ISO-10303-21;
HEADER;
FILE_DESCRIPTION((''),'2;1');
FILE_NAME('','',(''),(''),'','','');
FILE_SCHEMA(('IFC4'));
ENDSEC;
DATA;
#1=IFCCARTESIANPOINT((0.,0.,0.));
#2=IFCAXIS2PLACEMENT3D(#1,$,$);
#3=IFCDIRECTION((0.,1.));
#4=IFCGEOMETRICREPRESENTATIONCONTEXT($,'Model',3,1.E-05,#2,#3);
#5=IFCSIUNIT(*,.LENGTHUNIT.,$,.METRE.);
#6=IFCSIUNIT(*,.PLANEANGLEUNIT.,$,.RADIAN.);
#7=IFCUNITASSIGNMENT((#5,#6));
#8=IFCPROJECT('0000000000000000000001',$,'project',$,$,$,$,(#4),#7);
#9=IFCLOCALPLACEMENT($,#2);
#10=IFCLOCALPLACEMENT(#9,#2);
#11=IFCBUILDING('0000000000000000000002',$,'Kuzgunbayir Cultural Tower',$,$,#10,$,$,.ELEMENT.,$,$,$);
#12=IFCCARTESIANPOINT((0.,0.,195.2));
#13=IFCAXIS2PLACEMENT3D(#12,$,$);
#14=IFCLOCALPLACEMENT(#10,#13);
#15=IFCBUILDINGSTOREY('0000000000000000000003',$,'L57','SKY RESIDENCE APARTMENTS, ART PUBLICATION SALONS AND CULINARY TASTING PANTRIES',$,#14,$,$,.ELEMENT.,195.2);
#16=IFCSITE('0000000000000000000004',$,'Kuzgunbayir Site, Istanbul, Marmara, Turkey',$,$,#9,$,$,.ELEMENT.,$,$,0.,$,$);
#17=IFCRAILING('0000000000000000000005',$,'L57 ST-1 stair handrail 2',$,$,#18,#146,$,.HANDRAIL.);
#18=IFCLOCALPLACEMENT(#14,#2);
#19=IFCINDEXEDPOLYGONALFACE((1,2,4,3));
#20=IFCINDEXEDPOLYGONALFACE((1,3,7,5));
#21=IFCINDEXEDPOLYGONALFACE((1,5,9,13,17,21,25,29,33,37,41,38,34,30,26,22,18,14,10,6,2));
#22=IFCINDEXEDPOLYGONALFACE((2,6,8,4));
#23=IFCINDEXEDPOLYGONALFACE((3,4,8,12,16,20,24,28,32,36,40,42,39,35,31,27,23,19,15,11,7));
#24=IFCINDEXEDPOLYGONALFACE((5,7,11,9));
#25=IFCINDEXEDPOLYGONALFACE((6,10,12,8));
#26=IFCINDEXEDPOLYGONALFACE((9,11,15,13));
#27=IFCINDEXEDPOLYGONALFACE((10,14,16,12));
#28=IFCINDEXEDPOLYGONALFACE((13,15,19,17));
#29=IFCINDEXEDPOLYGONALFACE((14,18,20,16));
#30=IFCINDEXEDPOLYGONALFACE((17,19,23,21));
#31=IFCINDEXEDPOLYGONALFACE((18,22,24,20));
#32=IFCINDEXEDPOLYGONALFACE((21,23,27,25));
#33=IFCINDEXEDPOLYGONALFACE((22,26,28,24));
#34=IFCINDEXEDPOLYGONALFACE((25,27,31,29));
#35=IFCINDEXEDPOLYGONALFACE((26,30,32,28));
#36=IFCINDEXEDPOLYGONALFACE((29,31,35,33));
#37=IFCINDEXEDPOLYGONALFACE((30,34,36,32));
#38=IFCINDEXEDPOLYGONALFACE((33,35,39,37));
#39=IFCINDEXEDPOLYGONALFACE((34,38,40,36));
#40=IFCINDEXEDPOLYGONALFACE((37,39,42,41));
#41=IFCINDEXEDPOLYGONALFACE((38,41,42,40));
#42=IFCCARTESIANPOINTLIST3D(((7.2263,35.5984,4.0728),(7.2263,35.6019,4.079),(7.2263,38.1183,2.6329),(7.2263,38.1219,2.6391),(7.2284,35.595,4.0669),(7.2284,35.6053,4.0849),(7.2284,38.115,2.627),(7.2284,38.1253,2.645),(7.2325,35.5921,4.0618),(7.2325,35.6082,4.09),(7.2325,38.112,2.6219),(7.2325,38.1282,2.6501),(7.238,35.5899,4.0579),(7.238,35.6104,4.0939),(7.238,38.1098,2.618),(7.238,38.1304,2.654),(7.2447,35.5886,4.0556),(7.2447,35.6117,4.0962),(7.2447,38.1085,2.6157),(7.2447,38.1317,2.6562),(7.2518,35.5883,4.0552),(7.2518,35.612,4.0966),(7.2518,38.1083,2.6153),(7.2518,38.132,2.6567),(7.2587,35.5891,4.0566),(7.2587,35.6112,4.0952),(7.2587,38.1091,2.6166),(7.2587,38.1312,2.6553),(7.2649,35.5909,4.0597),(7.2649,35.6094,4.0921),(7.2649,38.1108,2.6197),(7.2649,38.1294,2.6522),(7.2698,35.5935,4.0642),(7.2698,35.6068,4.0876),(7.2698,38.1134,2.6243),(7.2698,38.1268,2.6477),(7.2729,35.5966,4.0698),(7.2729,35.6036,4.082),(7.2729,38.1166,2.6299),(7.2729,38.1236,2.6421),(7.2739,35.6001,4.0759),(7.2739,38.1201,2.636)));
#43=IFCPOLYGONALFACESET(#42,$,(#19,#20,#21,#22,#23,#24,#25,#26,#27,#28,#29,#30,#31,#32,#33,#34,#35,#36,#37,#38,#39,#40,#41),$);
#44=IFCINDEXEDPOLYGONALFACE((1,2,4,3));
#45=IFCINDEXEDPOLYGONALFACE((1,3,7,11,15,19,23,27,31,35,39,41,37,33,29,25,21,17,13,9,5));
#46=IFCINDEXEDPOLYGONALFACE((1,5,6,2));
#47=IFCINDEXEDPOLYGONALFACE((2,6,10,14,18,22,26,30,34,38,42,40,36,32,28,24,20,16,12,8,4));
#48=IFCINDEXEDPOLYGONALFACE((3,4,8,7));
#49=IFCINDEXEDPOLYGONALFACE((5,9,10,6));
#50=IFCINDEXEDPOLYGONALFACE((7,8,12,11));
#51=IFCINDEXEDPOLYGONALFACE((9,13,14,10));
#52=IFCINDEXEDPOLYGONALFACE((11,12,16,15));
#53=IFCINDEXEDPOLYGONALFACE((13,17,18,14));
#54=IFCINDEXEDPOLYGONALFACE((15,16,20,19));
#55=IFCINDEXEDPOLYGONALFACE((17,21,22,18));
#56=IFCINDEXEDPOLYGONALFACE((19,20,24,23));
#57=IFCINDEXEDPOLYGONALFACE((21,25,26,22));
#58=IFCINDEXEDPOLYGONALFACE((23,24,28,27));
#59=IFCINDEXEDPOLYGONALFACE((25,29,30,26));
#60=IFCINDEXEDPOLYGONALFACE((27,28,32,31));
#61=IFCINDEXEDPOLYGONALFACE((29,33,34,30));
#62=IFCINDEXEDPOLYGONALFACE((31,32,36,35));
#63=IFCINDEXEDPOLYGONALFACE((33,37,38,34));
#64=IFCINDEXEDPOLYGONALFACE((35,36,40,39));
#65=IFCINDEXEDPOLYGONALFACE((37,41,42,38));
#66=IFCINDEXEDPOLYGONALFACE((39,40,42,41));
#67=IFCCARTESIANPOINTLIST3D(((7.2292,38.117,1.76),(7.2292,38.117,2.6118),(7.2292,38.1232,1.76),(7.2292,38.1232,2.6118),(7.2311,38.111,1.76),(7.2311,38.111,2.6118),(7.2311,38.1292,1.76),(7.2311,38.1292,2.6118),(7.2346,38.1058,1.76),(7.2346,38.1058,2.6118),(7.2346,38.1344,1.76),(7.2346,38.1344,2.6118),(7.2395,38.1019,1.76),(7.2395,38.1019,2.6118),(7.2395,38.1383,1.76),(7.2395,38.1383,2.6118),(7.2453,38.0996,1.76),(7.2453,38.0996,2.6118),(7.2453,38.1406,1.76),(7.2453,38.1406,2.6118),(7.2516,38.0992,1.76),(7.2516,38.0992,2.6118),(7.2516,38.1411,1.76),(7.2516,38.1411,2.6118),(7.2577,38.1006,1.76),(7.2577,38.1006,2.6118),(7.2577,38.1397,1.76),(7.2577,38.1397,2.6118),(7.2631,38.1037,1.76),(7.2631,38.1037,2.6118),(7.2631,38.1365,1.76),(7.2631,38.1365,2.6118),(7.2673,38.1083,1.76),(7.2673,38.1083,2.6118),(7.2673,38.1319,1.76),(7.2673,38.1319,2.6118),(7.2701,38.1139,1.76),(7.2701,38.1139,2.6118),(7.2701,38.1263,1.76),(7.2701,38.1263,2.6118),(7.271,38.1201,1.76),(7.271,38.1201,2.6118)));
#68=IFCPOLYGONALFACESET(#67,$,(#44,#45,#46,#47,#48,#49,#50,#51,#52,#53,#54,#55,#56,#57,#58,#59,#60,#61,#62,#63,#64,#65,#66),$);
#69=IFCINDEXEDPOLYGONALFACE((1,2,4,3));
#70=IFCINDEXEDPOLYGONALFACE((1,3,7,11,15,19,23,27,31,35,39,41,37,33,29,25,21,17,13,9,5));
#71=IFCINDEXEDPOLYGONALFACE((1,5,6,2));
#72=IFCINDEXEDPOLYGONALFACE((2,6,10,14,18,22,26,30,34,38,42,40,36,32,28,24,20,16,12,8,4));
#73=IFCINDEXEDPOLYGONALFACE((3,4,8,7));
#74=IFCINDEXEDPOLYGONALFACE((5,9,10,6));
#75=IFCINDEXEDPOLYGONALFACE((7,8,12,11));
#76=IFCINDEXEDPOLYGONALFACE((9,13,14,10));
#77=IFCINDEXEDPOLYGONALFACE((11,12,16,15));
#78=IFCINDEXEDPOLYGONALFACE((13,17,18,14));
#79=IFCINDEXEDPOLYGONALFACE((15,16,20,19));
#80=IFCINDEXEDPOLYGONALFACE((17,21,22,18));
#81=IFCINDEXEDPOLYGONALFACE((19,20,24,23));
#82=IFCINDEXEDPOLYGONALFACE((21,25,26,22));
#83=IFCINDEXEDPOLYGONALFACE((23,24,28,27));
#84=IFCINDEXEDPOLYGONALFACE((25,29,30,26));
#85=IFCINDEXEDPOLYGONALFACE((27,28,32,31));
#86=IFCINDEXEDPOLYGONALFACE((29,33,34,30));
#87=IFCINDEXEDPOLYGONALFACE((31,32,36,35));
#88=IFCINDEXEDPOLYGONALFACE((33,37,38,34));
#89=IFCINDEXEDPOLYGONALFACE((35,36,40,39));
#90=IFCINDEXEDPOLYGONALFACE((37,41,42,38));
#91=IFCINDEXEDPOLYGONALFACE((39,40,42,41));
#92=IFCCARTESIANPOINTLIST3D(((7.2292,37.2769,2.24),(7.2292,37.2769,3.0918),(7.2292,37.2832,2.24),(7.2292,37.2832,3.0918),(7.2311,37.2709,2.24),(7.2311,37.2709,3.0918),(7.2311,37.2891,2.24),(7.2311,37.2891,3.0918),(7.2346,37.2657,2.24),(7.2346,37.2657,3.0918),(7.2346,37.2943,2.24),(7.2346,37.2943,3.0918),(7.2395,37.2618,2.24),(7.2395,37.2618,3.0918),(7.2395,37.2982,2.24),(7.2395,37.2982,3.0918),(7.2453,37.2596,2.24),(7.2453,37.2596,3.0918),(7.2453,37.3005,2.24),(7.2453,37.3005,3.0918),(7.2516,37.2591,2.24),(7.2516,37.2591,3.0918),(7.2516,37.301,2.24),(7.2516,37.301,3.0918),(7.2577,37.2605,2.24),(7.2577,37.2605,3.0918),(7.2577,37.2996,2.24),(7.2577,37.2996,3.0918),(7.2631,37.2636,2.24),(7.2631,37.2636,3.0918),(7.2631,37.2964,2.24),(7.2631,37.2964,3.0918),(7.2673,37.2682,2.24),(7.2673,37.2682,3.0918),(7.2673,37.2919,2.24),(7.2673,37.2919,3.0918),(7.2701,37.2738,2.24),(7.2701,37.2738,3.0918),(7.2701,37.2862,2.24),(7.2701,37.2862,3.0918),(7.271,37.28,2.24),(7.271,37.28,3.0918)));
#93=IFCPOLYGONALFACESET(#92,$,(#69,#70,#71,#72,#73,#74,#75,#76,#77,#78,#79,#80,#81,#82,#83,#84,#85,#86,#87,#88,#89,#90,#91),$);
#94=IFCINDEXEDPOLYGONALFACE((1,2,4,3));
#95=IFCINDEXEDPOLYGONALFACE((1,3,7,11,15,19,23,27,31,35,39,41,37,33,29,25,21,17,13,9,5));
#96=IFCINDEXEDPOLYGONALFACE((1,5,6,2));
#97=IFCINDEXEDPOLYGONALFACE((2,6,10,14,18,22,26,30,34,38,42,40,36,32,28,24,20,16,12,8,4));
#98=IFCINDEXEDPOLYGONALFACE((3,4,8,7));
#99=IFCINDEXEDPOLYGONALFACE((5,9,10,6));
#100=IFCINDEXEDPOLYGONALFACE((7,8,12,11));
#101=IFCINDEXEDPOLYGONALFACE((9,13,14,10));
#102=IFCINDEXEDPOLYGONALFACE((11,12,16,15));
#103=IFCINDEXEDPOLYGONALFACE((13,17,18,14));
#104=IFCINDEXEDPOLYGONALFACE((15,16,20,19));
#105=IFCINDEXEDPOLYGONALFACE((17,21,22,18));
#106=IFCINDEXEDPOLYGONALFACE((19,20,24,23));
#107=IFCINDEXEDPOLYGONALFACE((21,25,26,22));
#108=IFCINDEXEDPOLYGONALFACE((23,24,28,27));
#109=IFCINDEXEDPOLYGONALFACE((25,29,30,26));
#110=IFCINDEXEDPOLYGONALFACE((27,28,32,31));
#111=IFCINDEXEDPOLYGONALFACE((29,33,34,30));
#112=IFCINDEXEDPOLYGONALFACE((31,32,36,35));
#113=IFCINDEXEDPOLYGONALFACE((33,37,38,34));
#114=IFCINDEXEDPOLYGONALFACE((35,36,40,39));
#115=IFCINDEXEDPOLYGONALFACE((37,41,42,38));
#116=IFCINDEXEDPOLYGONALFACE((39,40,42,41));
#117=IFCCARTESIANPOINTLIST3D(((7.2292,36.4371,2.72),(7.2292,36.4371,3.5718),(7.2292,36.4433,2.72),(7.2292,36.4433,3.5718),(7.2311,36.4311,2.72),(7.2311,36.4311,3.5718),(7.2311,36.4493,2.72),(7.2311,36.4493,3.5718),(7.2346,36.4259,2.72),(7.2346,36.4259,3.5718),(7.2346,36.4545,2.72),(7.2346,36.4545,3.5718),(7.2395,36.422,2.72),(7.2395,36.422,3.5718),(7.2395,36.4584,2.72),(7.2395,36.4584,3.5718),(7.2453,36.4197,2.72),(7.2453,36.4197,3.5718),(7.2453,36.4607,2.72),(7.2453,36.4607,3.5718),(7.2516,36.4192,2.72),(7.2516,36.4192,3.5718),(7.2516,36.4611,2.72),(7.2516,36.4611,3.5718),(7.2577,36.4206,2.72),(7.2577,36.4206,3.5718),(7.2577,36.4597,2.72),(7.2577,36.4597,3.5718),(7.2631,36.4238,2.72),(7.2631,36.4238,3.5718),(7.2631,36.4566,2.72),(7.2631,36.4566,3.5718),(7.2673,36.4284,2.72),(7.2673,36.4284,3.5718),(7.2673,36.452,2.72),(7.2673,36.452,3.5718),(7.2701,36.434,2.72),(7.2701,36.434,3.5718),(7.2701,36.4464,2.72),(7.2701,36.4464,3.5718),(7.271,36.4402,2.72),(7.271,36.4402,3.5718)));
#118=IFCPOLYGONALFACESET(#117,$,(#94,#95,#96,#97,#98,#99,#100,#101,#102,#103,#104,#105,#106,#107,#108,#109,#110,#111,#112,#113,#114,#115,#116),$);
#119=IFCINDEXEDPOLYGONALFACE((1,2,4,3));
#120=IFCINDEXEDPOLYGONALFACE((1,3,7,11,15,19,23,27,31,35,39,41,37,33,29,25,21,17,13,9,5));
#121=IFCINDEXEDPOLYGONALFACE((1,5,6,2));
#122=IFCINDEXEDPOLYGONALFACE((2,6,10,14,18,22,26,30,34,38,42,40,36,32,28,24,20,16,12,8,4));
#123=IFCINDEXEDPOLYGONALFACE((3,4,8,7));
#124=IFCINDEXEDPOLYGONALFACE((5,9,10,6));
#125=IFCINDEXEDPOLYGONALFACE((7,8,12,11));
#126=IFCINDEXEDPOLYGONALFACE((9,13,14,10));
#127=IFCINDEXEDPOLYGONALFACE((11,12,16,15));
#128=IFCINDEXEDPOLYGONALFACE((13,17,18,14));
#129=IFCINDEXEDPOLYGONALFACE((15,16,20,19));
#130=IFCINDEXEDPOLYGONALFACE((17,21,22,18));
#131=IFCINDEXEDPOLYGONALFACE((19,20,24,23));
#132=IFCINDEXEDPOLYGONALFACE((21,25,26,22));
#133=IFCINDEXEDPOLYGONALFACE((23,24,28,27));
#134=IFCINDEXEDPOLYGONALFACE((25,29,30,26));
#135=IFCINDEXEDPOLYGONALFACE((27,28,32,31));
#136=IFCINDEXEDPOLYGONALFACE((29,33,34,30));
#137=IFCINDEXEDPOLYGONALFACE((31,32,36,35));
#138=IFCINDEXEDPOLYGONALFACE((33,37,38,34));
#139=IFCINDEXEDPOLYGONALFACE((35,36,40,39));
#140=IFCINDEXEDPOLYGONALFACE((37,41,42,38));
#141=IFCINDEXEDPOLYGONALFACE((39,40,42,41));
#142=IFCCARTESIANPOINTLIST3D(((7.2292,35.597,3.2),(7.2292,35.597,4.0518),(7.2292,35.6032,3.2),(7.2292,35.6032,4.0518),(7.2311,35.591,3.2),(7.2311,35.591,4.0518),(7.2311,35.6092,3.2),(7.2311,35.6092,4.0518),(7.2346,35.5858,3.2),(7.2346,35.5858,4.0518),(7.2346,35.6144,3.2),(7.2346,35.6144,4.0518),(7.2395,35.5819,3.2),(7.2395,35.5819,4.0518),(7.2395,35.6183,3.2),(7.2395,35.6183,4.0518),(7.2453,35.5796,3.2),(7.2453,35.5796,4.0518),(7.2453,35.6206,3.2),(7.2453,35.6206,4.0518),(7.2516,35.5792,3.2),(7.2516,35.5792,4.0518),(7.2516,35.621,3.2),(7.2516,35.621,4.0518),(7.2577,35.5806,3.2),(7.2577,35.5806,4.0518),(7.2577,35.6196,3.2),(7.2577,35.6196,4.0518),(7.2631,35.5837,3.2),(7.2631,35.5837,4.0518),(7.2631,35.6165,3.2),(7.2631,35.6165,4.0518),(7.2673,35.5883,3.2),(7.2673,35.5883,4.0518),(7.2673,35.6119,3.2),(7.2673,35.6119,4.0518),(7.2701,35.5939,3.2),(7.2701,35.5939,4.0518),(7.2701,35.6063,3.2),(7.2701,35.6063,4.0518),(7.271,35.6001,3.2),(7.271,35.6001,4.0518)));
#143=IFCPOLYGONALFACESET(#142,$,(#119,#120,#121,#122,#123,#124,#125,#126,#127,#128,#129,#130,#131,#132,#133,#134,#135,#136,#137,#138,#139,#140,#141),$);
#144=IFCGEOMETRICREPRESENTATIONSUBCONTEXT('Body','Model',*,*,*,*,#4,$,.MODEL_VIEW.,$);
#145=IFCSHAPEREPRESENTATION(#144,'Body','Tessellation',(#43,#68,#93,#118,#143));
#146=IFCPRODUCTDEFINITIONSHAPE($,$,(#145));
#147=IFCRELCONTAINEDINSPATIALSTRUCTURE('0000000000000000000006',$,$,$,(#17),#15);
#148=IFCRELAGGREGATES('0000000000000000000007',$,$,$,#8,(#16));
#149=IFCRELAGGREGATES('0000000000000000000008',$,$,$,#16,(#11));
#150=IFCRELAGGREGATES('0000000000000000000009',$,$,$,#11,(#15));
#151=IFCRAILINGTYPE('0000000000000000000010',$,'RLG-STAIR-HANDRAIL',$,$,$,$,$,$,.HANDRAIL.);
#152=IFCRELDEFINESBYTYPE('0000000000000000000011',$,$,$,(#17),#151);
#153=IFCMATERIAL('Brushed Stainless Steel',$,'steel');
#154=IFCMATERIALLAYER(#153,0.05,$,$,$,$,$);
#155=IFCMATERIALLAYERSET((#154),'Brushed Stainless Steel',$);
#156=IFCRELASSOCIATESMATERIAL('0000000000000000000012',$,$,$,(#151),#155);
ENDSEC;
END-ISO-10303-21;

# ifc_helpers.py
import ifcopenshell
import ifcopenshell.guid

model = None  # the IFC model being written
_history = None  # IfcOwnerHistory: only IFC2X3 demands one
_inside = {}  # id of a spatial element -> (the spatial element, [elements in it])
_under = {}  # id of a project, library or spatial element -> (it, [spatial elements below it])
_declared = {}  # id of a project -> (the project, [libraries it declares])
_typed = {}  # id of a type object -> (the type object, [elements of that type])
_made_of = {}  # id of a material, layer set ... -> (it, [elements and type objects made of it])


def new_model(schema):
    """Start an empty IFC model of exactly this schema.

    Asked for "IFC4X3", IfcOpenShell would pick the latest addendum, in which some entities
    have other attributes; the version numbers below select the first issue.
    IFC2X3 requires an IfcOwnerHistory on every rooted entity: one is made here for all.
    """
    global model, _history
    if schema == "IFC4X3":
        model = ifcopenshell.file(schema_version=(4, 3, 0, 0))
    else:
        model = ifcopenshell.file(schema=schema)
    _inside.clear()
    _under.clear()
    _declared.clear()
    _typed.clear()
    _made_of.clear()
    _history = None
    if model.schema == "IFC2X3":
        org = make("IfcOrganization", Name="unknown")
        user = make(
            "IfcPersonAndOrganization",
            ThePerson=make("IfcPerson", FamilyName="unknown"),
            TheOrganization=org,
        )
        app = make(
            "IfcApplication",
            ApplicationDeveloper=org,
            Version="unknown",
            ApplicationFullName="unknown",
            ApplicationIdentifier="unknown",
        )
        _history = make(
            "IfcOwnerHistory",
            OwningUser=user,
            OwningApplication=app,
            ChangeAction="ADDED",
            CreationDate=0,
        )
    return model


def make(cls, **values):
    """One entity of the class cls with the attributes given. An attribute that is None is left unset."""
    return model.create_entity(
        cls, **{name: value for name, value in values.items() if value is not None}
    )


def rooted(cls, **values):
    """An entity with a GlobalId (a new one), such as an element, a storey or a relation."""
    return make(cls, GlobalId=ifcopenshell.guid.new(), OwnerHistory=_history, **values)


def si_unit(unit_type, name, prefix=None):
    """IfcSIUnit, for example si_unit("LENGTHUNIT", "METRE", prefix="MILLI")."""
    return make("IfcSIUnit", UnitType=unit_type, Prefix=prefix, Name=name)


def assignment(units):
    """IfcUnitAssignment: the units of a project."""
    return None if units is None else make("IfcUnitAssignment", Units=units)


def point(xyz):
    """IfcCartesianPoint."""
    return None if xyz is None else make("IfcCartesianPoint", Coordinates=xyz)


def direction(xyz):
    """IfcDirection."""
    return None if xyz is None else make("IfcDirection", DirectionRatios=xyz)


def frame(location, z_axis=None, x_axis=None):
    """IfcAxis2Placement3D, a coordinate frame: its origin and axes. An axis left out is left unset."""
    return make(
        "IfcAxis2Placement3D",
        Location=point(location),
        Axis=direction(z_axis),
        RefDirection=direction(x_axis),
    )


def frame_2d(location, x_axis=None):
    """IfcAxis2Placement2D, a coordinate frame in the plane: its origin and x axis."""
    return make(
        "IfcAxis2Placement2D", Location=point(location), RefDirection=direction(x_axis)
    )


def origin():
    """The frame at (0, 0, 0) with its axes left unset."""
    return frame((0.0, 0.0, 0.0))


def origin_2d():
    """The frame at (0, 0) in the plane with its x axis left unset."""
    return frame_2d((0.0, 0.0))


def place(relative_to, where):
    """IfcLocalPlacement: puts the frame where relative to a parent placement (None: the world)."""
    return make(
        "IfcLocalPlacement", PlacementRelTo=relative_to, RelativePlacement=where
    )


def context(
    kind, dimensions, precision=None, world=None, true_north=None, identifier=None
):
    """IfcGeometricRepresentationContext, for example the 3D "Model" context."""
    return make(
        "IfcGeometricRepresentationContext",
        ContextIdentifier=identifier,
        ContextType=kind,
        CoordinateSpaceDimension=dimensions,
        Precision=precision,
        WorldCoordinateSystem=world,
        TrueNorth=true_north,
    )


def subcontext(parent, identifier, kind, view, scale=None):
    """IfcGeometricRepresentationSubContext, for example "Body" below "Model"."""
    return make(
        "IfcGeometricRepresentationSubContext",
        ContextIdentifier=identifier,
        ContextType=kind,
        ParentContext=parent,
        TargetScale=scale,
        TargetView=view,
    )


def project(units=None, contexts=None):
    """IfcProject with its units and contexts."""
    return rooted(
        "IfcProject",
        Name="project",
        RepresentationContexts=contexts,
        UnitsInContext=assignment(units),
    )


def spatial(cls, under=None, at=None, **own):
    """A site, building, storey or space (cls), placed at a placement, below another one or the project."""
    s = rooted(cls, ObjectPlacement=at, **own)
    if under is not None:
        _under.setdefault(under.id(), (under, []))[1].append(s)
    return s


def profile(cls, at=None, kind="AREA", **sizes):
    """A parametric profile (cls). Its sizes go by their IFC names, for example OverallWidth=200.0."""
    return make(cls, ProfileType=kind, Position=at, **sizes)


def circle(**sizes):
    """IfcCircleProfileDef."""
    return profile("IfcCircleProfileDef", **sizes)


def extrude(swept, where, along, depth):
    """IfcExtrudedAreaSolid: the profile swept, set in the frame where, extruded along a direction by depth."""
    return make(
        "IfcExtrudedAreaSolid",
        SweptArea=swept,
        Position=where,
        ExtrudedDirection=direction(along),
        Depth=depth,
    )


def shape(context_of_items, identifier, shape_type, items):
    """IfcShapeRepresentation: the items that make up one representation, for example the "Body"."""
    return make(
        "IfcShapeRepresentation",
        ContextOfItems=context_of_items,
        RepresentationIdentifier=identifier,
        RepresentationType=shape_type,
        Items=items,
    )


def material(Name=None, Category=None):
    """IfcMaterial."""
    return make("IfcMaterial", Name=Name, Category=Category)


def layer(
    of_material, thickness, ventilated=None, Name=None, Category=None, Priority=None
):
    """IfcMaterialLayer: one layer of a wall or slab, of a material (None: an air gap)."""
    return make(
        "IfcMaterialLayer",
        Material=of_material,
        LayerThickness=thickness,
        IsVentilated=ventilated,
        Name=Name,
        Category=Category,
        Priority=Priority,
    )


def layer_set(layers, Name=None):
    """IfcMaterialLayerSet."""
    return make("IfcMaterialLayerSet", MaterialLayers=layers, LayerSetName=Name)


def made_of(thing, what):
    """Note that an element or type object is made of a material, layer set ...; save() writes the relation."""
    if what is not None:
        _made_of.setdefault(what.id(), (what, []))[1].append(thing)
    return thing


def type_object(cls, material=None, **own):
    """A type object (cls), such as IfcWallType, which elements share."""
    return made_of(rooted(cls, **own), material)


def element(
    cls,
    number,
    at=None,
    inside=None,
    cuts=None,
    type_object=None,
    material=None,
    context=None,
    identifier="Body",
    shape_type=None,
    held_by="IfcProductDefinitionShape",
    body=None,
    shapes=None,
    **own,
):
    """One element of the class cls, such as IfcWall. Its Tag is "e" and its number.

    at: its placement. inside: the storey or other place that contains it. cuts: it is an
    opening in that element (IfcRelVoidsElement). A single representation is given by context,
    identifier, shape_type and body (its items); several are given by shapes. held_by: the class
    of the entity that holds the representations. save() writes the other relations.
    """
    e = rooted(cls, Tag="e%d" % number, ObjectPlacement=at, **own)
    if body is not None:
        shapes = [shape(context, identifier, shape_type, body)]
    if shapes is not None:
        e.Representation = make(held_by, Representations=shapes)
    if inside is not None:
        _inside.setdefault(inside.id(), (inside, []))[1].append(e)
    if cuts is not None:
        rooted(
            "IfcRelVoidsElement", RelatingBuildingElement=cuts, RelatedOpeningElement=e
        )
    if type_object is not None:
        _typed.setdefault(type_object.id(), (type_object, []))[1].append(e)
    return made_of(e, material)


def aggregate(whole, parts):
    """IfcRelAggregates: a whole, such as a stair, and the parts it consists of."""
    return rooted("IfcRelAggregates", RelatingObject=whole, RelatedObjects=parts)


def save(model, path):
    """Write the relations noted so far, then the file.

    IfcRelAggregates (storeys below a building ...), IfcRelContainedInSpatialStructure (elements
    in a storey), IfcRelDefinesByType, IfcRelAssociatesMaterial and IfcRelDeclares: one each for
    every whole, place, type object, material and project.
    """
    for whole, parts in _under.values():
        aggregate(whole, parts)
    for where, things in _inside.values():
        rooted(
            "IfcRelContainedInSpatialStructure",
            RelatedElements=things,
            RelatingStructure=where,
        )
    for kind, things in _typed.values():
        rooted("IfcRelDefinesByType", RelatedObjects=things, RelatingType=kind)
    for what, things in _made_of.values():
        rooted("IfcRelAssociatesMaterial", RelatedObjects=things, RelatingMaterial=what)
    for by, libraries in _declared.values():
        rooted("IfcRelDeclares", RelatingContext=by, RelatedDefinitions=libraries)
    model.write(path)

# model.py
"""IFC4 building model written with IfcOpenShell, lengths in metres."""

from ifc_helpers import new_model, si_unit, direction, frame, origin, origin_2d, place, context, subcontext, project, spatial, circle, extrude, material, layer, layer_set, type_object, element, save


model = new_model("IFC4")

# Units and contexts
model_context = context("Model", 3, precision=1e-05, world=origin(), true_north=direction((0.0, 1.0)))
body_context = subcontext(model_context, "Body", "Model", "MODEL_VIEW")
ifc_project = project(units=[si_unit("LENGTHUNIT", "METRE"), si_unit("PLANEANGLEUNIT", "RADIAN")], contexts=[model_context])

# Site, building, storey
site_placement = place(None, origin())
site = spatial("IfcSite", under=ifc_project, at=site_placement, Name="Kuzgunbayir Site, Istanbul, Marmara, Turkey", CompositionType="ELEMENT", RefElevation=0.0)
building_placement = place(site_placement, origin())
building = spatial("IfcBuilding", under=site, at=building_placement, Name="Kuzgunbayir Cultural Tower", CompositionType="ELEMENT")
storey_placement = place(building_placement, frame((0.0, 0.0, 195.2)))
storey = spatial("IfcBuildingStorey", under=building, at=storey_placement, Name="L57", Description="SKY RESIDENCE APARTMENTS, ART PUBLICATION SALONS AND CULINARY TASTING PANTRIES", CompositionType="ELEMENT", Elevation=195.2)

# Shared definitions
ifc_material_1 = material(Name="Brushed Stainless Steel", Category="steel")

# Railing
ifc_layer_1 = layer(ifc_material_1, 0.05)
ifc_layer_set_1 = layer_set([ifc_layer_1], Name="Brushed Stainless Steel")
railing_type_1 = type_object("IfcRailingType", Name="RLG-STAIR-HANDRAIL", PredefinedType="HANDRAIL", material=ifc_layer_set_1)
railing_1_placement = place(storey_placement, frame((7.25, 38.1201, 1.76)))
element("IfcRailing", 1, at=railing_1_placement, inside=storey, type_object=railing_type_1, Name="L57 ST-1 stair handrail 2", PredefinedType="HANDRAIL", context=body_context, shape_type="SweptSolid", body=[
    extrude(circle(Radius=0.0239, at=origin_2d()), frame((0.0, 0.0, 0.876), z_axis=(0.0, -0.868253, 0.496121), x_axis=(1.0, 0.0, 0.0)), (0.0, 0.0, 1.0), 2.9023),
    extrude(circle(Radius=0.021, at=origin_2d()), origin(), (0.0, 0.0, 1.0), 0.8518),
    extrude(circle(Radius=0.021, at=origin_2d()), frame((0.0, -0.8401, 0.48)), (0.0, 0.0, 1.0), 0.8518),
    extrude(circle(Radius=0.021, at=origin_2d()), frame((0.0, -1.6799, 0.96)), (0.0, 0.0, 1.0), 0.8518),
    extrude(circle(Radius=0.021, at=origin_2d()), frame((0.0, -2.52, 1.4399)), (0.0, 0.0, 1.0), 0.8518),
])

save(model, "model.ifc")
